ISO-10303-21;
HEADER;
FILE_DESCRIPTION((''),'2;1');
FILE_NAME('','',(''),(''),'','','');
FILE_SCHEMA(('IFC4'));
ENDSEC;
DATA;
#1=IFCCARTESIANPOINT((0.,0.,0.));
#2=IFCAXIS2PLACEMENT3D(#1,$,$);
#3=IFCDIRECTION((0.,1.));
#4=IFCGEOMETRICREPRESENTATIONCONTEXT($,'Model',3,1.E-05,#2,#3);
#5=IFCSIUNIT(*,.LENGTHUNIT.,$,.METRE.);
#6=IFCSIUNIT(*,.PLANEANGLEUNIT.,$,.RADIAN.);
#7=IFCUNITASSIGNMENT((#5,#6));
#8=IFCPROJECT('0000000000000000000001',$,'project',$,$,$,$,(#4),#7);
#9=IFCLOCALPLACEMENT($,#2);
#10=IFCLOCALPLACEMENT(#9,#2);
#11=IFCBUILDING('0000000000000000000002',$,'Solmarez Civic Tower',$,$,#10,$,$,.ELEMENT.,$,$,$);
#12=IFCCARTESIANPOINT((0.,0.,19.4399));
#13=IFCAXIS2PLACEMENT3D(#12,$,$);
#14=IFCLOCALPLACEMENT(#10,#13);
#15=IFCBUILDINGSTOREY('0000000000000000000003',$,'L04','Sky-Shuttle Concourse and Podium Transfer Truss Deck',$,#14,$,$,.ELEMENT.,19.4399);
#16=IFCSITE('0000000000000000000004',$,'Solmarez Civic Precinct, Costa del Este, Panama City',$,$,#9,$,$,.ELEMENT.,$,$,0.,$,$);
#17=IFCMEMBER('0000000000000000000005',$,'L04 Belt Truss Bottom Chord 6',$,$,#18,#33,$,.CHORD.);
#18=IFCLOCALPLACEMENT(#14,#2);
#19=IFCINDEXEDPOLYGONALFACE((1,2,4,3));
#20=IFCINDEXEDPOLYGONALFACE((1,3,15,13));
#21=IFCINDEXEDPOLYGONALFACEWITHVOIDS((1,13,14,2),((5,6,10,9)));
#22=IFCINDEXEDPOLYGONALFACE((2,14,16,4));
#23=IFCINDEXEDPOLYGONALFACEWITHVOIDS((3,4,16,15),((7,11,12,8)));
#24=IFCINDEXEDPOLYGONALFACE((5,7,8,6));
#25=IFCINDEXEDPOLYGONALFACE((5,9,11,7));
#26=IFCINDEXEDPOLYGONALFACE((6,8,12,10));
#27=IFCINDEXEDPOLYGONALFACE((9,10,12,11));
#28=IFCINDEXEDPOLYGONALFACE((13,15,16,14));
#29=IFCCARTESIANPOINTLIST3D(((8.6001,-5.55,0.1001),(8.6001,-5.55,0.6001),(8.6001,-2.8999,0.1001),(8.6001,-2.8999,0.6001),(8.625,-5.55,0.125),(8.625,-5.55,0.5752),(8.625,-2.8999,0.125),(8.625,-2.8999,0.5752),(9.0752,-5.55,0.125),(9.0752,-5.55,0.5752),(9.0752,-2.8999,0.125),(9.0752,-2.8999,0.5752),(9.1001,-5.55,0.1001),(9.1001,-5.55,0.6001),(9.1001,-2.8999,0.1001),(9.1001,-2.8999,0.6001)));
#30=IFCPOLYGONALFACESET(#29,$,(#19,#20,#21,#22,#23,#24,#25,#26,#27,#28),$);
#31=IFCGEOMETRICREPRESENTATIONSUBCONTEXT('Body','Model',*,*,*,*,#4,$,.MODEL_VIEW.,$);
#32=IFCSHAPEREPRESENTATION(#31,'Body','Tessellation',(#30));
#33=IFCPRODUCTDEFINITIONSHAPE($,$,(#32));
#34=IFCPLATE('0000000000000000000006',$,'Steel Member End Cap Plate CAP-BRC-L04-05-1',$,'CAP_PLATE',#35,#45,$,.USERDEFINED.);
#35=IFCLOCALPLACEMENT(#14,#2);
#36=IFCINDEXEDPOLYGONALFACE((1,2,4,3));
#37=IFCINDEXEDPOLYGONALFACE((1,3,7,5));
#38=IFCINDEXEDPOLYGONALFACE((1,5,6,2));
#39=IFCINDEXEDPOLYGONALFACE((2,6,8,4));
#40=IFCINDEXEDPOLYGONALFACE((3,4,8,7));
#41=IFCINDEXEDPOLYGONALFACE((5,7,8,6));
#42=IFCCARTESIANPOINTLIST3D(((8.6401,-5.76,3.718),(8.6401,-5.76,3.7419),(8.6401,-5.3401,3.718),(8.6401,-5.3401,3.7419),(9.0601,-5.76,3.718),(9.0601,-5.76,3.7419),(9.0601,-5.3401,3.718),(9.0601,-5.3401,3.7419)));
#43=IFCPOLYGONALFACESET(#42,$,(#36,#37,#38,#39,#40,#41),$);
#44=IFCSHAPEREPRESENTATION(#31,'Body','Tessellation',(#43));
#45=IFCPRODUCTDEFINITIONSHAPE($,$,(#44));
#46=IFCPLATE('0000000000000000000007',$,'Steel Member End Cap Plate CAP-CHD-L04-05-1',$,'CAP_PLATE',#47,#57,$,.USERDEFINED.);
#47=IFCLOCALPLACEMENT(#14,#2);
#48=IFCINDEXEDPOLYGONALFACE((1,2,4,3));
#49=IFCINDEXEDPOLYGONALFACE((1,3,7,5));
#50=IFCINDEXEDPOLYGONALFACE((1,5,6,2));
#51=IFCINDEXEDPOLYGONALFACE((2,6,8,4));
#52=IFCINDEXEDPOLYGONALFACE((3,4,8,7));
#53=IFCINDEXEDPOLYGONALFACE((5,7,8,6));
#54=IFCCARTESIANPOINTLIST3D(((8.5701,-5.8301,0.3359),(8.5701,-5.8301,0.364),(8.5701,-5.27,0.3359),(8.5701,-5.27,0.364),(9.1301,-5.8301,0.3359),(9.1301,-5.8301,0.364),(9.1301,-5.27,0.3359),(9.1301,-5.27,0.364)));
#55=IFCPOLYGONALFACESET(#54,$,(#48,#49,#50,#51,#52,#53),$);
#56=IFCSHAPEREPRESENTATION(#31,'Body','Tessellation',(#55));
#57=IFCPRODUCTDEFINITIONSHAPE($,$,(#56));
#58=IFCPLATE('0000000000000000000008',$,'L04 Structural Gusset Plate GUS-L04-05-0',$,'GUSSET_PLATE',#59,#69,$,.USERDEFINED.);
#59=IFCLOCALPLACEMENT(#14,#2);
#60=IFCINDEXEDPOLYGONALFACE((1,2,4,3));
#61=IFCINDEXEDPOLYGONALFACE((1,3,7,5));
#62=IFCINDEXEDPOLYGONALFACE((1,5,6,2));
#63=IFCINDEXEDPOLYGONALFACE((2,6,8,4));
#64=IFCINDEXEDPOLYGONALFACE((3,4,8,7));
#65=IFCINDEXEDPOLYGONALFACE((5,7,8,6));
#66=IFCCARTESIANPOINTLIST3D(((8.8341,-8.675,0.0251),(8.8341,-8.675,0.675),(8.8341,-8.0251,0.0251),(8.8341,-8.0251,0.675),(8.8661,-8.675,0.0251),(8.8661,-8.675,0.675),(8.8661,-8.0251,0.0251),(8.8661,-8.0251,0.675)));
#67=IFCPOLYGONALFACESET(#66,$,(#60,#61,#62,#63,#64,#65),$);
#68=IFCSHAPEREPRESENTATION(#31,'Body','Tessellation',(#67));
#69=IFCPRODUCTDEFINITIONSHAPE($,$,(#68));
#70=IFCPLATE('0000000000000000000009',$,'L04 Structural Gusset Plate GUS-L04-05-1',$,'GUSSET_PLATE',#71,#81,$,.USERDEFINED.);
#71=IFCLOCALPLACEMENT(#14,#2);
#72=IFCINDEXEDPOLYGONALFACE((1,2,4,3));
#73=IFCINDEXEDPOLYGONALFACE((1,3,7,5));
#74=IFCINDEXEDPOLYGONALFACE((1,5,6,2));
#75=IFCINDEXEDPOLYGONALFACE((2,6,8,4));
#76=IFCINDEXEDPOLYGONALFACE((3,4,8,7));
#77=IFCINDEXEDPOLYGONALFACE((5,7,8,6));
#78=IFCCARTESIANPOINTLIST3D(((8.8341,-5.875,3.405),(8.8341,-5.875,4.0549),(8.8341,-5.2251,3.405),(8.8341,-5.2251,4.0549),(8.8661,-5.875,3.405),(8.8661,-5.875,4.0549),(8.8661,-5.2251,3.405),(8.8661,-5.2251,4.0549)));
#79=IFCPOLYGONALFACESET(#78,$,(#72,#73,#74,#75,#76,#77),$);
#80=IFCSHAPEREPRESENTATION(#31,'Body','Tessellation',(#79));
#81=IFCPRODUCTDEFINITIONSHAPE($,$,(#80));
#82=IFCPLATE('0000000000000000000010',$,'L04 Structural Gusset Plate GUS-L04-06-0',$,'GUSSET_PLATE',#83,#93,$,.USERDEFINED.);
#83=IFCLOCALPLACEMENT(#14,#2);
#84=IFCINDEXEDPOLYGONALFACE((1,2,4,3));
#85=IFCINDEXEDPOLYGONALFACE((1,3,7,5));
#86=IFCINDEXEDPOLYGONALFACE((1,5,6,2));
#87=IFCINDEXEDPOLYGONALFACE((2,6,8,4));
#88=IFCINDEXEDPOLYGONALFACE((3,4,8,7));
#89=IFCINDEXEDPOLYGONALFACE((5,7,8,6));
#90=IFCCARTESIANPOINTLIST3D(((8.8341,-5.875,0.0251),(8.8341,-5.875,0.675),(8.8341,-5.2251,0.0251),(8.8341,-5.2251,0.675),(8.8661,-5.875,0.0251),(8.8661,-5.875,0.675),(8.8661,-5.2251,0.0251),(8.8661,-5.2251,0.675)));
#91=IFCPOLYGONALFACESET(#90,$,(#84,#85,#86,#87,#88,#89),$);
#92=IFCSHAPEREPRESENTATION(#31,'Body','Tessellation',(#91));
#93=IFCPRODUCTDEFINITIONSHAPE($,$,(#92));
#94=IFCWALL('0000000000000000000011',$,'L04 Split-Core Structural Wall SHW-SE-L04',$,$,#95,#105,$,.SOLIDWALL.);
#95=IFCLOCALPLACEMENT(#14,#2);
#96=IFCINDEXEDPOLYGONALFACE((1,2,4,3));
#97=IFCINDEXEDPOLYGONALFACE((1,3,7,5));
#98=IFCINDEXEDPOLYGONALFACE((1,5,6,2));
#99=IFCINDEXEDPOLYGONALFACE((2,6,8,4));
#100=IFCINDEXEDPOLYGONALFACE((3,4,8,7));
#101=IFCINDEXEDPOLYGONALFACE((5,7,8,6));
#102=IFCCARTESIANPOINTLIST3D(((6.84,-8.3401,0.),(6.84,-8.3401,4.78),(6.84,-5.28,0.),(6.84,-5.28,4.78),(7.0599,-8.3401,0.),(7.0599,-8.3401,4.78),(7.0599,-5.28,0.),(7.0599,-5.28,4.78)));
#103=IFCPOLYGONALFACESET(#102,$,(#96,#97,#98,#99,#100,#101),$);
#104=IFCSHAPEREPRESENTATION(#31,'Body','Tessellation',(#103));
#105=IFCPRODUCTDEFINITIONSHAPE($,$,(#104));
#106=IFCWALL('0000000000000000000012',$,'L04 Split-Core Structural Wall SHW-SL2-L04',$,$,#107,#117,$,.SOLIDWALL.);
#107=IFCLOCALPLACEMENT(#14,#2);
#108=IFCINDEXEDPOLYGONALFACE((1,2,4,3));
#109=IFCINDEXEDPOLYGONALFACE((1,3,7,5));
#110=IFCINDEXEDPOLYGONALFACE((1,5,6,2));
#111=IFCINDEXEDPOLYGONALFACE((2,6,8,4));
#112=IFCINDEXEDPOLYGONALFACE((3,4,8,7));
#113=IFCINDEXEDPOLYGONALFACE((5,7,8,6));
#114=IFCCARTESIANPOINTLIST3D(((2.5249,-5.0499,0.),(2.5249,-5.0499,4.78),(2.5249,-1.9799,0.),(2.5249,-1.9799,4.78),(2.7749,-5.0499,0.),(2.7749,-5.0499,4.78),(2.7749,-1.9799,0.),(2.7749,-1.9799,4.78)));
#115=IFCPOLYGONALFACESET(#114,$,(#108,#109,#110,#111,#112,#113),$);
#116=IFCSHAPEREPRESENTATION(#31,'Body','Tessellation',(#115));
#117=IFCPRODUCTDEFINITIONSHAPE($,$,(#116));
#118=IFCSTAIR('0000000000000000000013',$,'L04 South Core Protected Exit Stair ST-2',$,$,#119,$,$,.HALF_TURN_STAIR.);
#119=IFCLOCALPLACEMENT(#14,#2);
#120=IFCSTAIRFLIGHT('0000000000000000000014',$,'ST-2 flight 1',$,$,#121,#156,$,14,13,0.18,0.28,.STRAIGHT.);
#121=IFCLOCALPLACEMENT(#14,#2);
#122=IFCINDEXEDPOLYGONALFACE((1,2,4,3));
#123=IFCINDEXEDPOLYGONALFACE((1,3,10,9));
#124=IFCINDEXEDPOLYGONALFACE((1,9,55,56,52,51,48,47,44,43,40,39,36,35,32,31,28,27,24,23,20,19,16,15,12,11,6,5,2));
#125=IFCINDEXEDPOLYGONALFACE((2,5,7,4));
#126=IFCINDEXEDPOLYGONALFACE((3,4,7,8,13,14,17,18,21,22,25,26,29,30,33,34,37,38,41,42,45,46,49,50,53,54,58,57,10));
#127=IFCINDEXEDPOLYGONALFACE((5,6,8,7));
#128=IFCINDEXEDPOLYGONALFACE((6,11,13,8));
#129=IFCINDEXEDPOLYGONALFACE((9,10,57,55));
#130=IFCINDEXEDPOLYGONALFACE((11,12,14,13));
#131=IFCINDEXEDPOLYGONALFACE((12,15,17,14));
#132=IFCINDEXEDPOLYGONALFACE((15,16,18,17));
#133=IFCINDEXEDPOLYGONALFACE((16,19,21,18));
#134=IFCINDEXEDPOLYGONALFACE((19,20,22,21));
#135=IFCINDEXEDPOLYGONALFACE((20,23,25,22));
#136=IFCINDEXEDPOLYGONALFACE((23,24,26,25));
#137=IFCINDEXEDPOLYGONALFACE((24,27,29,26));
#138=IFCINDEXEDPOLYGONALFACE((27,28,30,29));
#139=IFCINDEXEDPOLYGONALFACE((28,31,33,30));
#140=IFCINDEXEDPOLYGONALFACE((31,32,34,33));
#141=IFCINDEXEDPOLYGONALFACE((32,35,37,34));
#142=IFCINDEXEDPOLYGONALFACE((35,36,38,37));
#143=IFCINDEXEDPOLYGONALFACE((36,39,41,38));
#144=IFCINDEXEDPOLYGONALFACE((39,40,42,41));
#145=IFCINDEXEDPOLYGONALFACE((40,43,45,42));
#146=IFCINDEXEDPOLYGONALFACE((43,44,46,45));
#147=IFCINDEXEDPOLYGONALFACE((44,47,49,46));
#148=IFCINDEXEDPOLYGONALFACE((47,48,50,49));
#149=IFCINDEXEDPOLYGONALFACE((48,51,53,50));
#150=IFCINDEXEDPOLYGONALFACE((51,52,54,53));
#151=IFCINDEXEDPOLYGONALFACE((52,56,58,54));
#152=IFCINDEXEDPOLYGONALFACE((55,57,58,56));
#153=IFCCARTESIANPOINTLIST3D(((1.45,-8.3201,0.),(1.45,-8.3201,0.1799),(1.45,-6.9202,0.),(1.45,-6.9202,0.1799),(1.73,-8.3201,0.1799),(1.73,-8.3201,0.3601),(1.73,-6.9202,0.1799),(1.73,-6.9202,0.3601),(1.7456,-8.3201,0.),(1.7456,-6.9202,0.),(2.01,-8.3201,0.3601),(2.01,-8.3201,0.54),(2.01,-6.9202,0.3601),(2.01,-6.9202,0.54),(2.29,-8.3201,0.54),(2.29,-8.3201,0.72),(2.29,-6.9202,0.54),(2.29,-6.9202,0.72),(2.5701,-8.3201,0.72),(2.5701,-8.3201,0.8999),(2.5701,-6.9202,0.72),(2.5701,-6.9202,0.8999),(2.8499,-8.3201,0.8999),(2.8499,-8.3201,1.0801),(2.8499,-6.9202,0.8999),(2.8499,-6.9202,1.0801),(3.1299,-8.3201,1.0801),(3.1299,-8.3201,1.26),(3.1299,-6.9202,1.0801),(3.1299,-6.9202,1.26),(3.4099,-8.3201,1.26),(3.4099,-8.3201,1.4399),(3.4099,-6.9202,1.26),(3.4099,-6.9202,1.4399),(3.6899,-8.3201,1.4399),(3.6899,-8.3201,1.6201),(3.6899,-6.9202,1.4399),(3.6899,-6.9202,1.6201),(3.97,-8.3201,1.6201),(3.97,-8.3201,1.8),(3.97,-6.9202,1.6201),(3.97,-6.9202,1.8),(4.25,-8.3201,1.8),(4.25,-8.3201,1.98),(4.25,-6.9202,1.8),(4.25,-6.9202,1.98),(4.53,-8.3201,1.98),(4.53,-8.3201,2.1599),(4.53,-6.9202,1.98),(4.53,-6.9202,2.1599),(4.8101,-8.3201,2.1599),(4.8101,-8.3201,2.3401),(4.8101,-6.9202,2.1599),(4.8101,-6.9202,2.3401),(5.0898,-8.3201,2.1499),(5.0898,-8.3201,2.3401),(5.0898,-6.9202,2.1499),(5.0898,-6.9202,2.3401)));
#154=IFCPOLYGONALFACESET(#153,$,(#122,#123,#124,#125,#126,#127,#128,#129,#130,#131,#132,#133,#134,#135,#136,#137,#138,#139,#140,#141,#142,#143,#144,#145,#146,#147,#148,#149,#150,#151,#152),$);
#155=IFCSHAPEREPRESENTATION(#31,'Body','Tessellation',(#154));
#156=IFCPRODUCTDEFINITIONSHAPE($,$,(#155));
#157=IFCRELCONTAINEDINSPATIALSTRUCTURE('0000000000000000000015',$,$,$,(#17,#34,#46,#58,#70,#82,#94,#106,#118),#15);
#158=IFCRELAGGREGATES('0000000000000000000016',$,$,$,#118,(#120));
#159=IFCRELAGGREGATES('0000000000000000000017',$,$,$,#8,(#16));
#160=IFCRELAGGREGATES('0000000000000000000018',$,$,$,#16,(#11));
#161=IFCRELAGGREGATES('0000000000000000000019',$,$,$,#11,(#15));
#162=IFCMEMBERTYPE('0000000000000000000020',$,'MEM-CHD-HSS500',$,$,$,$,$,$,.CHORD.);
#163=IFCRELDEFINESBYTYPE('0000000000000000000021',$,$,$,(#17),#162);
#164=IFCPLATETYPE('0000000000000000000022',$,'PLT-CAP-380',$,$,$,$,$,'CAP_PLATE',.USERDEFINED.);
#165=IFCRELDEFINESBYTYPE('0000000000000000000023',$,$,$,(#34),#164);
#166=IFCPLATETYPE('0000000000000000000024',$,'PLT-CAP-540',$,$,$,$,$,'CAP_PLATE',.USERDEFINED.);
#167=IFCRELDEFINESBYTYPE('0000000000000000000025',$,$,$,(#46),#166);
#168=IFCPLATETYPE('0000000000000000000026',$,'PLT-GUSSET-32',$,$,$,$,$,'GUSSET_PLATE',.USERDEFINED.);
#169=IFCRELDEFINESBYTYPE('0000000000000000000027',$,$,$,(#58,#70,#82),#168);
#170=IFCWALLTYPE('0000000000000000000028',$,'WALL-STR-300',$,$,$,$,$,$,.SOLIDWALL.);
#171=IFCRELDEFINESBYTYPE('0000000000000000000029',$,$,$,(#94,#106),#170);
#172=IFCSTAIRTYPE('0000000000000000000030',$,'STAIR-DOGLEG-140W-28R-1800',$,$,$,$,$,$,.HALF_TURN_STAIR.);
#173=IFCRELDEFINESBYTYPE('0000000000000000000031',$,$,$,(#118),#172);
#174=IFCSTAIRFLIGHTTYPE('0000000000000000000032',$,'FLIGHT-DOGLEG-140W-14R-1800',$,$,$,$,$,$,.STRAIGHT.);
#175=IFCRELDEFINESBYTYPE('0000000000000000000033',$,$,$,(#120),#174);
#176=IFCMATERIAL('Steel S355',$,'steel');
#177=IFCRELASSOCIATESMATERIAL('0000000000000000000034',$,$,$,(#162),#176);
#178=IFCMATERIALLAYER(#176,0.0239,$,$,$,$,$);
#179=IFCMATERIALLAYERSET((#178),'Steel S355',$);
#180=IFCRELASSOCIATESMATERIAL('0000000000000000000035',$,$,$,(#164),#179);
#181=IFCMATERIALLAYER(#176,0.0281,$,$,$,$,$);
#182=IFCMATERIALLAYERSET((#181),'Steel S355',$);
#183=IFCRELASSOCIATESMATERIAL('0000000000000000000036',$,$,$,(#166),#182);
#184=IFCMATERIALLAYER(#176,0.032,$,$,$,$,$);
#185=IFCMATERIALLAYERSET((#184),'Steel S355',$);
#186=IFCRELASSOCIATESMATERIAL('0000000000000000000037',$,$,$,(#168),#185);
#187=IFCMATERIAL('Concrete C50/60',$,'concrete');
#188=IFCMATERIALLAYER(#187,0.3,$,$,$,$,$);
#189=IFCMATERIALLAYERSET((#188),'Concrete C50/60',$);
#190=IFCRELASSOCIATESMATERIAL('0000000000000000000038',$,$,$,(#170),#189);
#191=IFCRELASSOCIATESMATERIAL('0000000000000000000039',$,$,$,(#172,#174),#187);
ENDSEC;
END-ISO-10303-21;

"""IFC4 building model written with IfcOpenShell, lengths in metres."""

from ifc_helpers import new_model, si_unit, direction, frame, frame_2d, origin, origin_2d, place, context, subcontext, project, spatial, polyline, rectangle, hollow_rectangle, outline, extrude, material, layer, layer_set, material_profile, profile_set, type_object, element, aggregate, save


model = new_model("IFC4")

# Units and contexts
model_context = context("Model", 3, precision=1e-05, world=origin(), true_north=direction((0.0, 1.0)))
body_context = subcontext(model_context, "Body", "Model", "MODEL_VIEW")
ifc_project = project(units=[si_unit("LENGTHUNIT", "METRE"), si_unit("PLANEANGLEUNIT", "RADIAN")], contexts=[model_context])

# Site, building, storey
site_placement = place(None, origin())
site = spatial("IfcSite", under=ifc_project, at=site_placement, Name="Solmarez Civic Precinct, Costa del Este, Panama City", CompositionType="ELEMENT", RefElevation=0.0)
building_placement = place(site_placement, origin())
building = spatial("IfcBuilding", under=site, at=building_placement, Name="Solmarez Civic Tower", CompositionType="ELEMENT")
storey_placement = place(building_placement, frame((0.0, 0.0, 19.4399)))
storey = spatial("IfcBuildingStorey", under=building, at=storey_placement, Name="L04", Description="Sky-Shuttle Concourse and Podium Transfer Truss Deck", CompositionType="ELEMENT", Elevation=19.4399)

# Shared definitions
ifc_material_1 = material(Name="Concrete C50/60", Category="concrete")
ifc_material_2 = material(Name="Steel S355", Category="steel")

# Member
ifc_material_profile_1 = material_profile(ifc_material_2, hollow_rectangle(XDim=0.5, YDim=0.5, WallThickness=0.0249, at=origin_2d()), Name="HSS500X500X25")
ifc_profile_set_1 = profile_set([ifc_material_profile_1], Name="Steel S355")
member_type_1 = type_object("IfcMemberType", Name="MEM-CHD-HSS500", PredefinedType="CHORD", material=ifc_profile_set_1)
member_1_placement = place(storey_placement, frame((8.8501, -5.55, 0.3501), z_axis=(0.0, 1.0, 0.0), x_axis=(-1.0, 0.0, 0.0)))
element("IfcMember", 1, at=member_1_placement, inside=storey, type_object=member_type_1, Name="L04 Belt Truss Bottom Chord 6", PredefinedType="CHORD", context=body_context, shape_type="SweptSolid", body=[
    extrude(hollow_rectangle(XDim=0.5, YDim=0.5, WallThickness=0.0249, at=origin_2d()), origin(), (0.0, 0.0, 1.0), 2.6501),
])

# Plates
ifc_layer_1 = layer(ifc_material_2, 0.0239)
ifc_layer_set_1 = layer_set([ifc_layer_1], Name="Steel S355")
plate_type_1 = type_object("IfcPlateType", Name="PLT-CAP-380", ElementType="CAP_PLATE", PredefinedType="USERDEFINED", material=ifc_layer_set_1)
plate_1_placement = place(storey_placement, frame((8.8501, -5.55, 3.718), z_axis=(0.0, 0.0, 1.0), x_axis=(1.0, 0.0, 0.0)))
element("IfcPlate", 2, at=plate_1_placement, inside=storey, type_object=plate_type_1, Name="Steel Member End Cap Plate CAP-BRC-L04-05-1", ObjectType="CAP_PLATE", PredefinedType="USERDEFINED", context=body_context, shape_type="SweptSolid", body=[
    extrude(rectangle(XDim=0.4199, YDim=0.4199, at=origin_2d()), origin(), (0.0, 0.0, 1.0), 0.0239),
])
ifc_layer_2 = layer(ifc_material_2, 0.0281)
ifc_layer_set_2 = layer_set([ifc_layer_2], Name="Steel S355")
plate_type_2 = type_object("IfcPlateType", Name="PLT-CAP-540", ElementType="CAP_PLATE", PredefinedType="USERDEFINED", material=ifc_layer_set_2)
plate_2_placement = place(storey_placement, frame((8.8501, -5.55, 0.3359), z_axis=(0.0, 0.0, 1.0), x_axis=(1.0, 0.0, 0.0)))
element("IfcPlate", 3, at=plate_2_placement, inside=storey, type_object=plate_type_2, Name="Steel Member End Cap Plate CAP-CHD-L04-05-1", ObjectType="CAP_PLATE", PredefinedType="USERDEFINED", context=body_context, shape_type="SweptSolid", body=[
    extrude(rectangle(XDim=0.5601, YDim=0.5601, at=origin_2d()), origin(), (0.0, 0.0, 1.0), 0.0281),
])
ifc_layer_3 = layer(ifc_material_2, 0.032)
ifc_layer_set_3 = layer_set([ifc_layer_3], Name="Steel S355")
plate_type_3 = type_object("IfcPlateType", Name="PLT-GUSSET-32", ElementType="GUSSET_PLATE", PredefinedType="USERDEFINED", material=ifc_layer_set_3)
for number, where, z_axis, x_axis, name in (
    (4, (8.8501, -8.3501, 0.0251), (0.0, 0.0, 1.0), (0.0, 1.0, 0.0), "L04 Structural Gusset Plate GUS-L04-05-0"),
    (5, (8.8501, -5.55, 3.405), (0.0, 0.0, 1.0), (0.0, 1.0, 0.0), "L04 Structural Gusset Plate GUS-L04-05-1"),
    (6, (8.8501, -5.55, 0.0251), (0.0, 0.0, 1.0), (0.0, 1.0, 0.0), "L04 Structural Gusset Plate GUS-L04-06-0"),
):
    element("IfcPlate", number, at=place(storey_placement, frame(where, z_axis=z_axis, x_axis=x_axis)), inside=storey, type_object=plate_type_3, Name=name, ObjectType="GUSSET_PLATE", PredefinedType="USERDEFINED", context=body_context, shape_type="SweptSolid", body=[
        extrude(rectangle(XDim=0.6499, YDim=0.032, at=origin_2d()), origin(), (0.0, 0.0, 1.0), 0.6499),
    ])

# Walls
ifc_layer_4 = layer(ifc_material_1, 0.3)
ifc_layer_set_4 = layer_set([ifc_layer_4], Name="Concrete C50/60")
wall_type = type_object("IfcWallType", Name="WALL-STR-300", PredefinedType="SOLIDWALL", material=ifc_layer_set_4)
wall_1_placement = place(storey_placement, frame((6.95, -8.3401, 0.0), z_axis=(0.0, 0.0, 1.0), x_axis=(0.0, 1.0, 0.0)))
element("IfcWall", 7, at=wall_1_placement, inside=storey, type_object=wall_type, Name="L04 Split-Core Structural Wall SHW-SE-L04", PredefinedType="SOLIDWALL", context=body_context, shape_type="SweptSolid", body=[
    extrude(rectangle(XDim=3.0601, YDim=0.22, at=frame_2d((1.53, 0.0))), origin(), (0.0, 0.0, 1.0), 4.78),
])
wall_2_placement = place(storey_placement, frame((2.6499, -5.05, 0.0), z_axis=(0.0, 0.0, 1.0), x_axis=(0.0, 1.0, 0.0)))
element("IfcWall", 8, at=wall_2_placement, inside=storey, type_object=wall_type, Name="L04 Split-Core Structural Wall SHW-SL2-L04", PredefinedType="SOLIDWALL", context=body_context, shape_type="SweptSolid", body=[
    extrude(rectangle(XDim=3.0701, YDim=0.25, at=frame_2d((1.5352, 0.0))), origin(), (0.0, 0.0, 1.0), 4.78),
])

# Stair, stair flight
stair_type = type_object("IfcStairType", Name="STAIR-DOGLEG-140W-28R-1800", PredefinedType="HALF_TURN_STAIR", material=ifc_material_1)
stair_placement = place(storey_placement, origin())
stair = element("IfcStair", 9, at=stair_placement, inside=storey, type_object=stair_type, Name="L04 South Core Protected Exit Stair ST-2", PredefinedType="HALF_TURN_STAIR")
stair_flight_type = type_object("IfcStairFlightType", Name="FLIGHT-DOGLEG-140W-14R-1800", PredefinedType="STRAIGHT", material=ifc_material_1)
stair_flight_1_placement = place(storey_placement, frame((1.45, -7.6201, 0.0), z_axis=(0.0, 0.0, 1.0), x_axis=(1.0, 0.0, 0.0)))
stair_flight_1 = element("IfcStairFlight", 10, at=stair_flight_1_placement, type_object=stair_flight_type, Name="ST-2 flight 1", NumberOfRisers=14, NumberOfTreads=13, PredefinedType="STRAIGHT", RiserHeight=0.18, TreadLength=0.28, context=body_context, shape_type="SweptSolid", body=[
    extrude(outline(polyline([(0.0, 0.0), (0.0, 0.1799), (0.28, 0.1799), (0.28, 0.3601), (0.5601, 0.3601), (0.5601, 0.54), (0.8401, 0.54), (0.8401, 0.72), (1.1201, 0.72), (1.1201, 0.8999), (1.3999, 0.8999), (1.3999, 1.0801), (1.6799, 1.0801), (1.6799, 1.26), (1.96, 1.26), (1.96, 1.4399), (2.24, 1.4399), (2.24, 1.6201), (2.52, 1.6201), (2.52, 1.8), (2.8, 1.8), (2.8, 1.98), (3.0801, 1.98), (3.0801, 2.1599), (3.3601, 2.1599), (3.3601, 2.3401), (3.6399, 2.3401), (3.6399, 2.52), (3.6399, 2.1499), (0.2957, 0.0), (0.0, 0.0)])), frame((0.0, 0.7, 0.0), z_axis=(0.0, -1.0, 0.0), x_axis=(1.0, 0.0, 0.0)), (0.0, 0.0, 1.0), 1.3999),
])
aggregate(stair, [stair_flight_1])

save(model, "model.ifc")
